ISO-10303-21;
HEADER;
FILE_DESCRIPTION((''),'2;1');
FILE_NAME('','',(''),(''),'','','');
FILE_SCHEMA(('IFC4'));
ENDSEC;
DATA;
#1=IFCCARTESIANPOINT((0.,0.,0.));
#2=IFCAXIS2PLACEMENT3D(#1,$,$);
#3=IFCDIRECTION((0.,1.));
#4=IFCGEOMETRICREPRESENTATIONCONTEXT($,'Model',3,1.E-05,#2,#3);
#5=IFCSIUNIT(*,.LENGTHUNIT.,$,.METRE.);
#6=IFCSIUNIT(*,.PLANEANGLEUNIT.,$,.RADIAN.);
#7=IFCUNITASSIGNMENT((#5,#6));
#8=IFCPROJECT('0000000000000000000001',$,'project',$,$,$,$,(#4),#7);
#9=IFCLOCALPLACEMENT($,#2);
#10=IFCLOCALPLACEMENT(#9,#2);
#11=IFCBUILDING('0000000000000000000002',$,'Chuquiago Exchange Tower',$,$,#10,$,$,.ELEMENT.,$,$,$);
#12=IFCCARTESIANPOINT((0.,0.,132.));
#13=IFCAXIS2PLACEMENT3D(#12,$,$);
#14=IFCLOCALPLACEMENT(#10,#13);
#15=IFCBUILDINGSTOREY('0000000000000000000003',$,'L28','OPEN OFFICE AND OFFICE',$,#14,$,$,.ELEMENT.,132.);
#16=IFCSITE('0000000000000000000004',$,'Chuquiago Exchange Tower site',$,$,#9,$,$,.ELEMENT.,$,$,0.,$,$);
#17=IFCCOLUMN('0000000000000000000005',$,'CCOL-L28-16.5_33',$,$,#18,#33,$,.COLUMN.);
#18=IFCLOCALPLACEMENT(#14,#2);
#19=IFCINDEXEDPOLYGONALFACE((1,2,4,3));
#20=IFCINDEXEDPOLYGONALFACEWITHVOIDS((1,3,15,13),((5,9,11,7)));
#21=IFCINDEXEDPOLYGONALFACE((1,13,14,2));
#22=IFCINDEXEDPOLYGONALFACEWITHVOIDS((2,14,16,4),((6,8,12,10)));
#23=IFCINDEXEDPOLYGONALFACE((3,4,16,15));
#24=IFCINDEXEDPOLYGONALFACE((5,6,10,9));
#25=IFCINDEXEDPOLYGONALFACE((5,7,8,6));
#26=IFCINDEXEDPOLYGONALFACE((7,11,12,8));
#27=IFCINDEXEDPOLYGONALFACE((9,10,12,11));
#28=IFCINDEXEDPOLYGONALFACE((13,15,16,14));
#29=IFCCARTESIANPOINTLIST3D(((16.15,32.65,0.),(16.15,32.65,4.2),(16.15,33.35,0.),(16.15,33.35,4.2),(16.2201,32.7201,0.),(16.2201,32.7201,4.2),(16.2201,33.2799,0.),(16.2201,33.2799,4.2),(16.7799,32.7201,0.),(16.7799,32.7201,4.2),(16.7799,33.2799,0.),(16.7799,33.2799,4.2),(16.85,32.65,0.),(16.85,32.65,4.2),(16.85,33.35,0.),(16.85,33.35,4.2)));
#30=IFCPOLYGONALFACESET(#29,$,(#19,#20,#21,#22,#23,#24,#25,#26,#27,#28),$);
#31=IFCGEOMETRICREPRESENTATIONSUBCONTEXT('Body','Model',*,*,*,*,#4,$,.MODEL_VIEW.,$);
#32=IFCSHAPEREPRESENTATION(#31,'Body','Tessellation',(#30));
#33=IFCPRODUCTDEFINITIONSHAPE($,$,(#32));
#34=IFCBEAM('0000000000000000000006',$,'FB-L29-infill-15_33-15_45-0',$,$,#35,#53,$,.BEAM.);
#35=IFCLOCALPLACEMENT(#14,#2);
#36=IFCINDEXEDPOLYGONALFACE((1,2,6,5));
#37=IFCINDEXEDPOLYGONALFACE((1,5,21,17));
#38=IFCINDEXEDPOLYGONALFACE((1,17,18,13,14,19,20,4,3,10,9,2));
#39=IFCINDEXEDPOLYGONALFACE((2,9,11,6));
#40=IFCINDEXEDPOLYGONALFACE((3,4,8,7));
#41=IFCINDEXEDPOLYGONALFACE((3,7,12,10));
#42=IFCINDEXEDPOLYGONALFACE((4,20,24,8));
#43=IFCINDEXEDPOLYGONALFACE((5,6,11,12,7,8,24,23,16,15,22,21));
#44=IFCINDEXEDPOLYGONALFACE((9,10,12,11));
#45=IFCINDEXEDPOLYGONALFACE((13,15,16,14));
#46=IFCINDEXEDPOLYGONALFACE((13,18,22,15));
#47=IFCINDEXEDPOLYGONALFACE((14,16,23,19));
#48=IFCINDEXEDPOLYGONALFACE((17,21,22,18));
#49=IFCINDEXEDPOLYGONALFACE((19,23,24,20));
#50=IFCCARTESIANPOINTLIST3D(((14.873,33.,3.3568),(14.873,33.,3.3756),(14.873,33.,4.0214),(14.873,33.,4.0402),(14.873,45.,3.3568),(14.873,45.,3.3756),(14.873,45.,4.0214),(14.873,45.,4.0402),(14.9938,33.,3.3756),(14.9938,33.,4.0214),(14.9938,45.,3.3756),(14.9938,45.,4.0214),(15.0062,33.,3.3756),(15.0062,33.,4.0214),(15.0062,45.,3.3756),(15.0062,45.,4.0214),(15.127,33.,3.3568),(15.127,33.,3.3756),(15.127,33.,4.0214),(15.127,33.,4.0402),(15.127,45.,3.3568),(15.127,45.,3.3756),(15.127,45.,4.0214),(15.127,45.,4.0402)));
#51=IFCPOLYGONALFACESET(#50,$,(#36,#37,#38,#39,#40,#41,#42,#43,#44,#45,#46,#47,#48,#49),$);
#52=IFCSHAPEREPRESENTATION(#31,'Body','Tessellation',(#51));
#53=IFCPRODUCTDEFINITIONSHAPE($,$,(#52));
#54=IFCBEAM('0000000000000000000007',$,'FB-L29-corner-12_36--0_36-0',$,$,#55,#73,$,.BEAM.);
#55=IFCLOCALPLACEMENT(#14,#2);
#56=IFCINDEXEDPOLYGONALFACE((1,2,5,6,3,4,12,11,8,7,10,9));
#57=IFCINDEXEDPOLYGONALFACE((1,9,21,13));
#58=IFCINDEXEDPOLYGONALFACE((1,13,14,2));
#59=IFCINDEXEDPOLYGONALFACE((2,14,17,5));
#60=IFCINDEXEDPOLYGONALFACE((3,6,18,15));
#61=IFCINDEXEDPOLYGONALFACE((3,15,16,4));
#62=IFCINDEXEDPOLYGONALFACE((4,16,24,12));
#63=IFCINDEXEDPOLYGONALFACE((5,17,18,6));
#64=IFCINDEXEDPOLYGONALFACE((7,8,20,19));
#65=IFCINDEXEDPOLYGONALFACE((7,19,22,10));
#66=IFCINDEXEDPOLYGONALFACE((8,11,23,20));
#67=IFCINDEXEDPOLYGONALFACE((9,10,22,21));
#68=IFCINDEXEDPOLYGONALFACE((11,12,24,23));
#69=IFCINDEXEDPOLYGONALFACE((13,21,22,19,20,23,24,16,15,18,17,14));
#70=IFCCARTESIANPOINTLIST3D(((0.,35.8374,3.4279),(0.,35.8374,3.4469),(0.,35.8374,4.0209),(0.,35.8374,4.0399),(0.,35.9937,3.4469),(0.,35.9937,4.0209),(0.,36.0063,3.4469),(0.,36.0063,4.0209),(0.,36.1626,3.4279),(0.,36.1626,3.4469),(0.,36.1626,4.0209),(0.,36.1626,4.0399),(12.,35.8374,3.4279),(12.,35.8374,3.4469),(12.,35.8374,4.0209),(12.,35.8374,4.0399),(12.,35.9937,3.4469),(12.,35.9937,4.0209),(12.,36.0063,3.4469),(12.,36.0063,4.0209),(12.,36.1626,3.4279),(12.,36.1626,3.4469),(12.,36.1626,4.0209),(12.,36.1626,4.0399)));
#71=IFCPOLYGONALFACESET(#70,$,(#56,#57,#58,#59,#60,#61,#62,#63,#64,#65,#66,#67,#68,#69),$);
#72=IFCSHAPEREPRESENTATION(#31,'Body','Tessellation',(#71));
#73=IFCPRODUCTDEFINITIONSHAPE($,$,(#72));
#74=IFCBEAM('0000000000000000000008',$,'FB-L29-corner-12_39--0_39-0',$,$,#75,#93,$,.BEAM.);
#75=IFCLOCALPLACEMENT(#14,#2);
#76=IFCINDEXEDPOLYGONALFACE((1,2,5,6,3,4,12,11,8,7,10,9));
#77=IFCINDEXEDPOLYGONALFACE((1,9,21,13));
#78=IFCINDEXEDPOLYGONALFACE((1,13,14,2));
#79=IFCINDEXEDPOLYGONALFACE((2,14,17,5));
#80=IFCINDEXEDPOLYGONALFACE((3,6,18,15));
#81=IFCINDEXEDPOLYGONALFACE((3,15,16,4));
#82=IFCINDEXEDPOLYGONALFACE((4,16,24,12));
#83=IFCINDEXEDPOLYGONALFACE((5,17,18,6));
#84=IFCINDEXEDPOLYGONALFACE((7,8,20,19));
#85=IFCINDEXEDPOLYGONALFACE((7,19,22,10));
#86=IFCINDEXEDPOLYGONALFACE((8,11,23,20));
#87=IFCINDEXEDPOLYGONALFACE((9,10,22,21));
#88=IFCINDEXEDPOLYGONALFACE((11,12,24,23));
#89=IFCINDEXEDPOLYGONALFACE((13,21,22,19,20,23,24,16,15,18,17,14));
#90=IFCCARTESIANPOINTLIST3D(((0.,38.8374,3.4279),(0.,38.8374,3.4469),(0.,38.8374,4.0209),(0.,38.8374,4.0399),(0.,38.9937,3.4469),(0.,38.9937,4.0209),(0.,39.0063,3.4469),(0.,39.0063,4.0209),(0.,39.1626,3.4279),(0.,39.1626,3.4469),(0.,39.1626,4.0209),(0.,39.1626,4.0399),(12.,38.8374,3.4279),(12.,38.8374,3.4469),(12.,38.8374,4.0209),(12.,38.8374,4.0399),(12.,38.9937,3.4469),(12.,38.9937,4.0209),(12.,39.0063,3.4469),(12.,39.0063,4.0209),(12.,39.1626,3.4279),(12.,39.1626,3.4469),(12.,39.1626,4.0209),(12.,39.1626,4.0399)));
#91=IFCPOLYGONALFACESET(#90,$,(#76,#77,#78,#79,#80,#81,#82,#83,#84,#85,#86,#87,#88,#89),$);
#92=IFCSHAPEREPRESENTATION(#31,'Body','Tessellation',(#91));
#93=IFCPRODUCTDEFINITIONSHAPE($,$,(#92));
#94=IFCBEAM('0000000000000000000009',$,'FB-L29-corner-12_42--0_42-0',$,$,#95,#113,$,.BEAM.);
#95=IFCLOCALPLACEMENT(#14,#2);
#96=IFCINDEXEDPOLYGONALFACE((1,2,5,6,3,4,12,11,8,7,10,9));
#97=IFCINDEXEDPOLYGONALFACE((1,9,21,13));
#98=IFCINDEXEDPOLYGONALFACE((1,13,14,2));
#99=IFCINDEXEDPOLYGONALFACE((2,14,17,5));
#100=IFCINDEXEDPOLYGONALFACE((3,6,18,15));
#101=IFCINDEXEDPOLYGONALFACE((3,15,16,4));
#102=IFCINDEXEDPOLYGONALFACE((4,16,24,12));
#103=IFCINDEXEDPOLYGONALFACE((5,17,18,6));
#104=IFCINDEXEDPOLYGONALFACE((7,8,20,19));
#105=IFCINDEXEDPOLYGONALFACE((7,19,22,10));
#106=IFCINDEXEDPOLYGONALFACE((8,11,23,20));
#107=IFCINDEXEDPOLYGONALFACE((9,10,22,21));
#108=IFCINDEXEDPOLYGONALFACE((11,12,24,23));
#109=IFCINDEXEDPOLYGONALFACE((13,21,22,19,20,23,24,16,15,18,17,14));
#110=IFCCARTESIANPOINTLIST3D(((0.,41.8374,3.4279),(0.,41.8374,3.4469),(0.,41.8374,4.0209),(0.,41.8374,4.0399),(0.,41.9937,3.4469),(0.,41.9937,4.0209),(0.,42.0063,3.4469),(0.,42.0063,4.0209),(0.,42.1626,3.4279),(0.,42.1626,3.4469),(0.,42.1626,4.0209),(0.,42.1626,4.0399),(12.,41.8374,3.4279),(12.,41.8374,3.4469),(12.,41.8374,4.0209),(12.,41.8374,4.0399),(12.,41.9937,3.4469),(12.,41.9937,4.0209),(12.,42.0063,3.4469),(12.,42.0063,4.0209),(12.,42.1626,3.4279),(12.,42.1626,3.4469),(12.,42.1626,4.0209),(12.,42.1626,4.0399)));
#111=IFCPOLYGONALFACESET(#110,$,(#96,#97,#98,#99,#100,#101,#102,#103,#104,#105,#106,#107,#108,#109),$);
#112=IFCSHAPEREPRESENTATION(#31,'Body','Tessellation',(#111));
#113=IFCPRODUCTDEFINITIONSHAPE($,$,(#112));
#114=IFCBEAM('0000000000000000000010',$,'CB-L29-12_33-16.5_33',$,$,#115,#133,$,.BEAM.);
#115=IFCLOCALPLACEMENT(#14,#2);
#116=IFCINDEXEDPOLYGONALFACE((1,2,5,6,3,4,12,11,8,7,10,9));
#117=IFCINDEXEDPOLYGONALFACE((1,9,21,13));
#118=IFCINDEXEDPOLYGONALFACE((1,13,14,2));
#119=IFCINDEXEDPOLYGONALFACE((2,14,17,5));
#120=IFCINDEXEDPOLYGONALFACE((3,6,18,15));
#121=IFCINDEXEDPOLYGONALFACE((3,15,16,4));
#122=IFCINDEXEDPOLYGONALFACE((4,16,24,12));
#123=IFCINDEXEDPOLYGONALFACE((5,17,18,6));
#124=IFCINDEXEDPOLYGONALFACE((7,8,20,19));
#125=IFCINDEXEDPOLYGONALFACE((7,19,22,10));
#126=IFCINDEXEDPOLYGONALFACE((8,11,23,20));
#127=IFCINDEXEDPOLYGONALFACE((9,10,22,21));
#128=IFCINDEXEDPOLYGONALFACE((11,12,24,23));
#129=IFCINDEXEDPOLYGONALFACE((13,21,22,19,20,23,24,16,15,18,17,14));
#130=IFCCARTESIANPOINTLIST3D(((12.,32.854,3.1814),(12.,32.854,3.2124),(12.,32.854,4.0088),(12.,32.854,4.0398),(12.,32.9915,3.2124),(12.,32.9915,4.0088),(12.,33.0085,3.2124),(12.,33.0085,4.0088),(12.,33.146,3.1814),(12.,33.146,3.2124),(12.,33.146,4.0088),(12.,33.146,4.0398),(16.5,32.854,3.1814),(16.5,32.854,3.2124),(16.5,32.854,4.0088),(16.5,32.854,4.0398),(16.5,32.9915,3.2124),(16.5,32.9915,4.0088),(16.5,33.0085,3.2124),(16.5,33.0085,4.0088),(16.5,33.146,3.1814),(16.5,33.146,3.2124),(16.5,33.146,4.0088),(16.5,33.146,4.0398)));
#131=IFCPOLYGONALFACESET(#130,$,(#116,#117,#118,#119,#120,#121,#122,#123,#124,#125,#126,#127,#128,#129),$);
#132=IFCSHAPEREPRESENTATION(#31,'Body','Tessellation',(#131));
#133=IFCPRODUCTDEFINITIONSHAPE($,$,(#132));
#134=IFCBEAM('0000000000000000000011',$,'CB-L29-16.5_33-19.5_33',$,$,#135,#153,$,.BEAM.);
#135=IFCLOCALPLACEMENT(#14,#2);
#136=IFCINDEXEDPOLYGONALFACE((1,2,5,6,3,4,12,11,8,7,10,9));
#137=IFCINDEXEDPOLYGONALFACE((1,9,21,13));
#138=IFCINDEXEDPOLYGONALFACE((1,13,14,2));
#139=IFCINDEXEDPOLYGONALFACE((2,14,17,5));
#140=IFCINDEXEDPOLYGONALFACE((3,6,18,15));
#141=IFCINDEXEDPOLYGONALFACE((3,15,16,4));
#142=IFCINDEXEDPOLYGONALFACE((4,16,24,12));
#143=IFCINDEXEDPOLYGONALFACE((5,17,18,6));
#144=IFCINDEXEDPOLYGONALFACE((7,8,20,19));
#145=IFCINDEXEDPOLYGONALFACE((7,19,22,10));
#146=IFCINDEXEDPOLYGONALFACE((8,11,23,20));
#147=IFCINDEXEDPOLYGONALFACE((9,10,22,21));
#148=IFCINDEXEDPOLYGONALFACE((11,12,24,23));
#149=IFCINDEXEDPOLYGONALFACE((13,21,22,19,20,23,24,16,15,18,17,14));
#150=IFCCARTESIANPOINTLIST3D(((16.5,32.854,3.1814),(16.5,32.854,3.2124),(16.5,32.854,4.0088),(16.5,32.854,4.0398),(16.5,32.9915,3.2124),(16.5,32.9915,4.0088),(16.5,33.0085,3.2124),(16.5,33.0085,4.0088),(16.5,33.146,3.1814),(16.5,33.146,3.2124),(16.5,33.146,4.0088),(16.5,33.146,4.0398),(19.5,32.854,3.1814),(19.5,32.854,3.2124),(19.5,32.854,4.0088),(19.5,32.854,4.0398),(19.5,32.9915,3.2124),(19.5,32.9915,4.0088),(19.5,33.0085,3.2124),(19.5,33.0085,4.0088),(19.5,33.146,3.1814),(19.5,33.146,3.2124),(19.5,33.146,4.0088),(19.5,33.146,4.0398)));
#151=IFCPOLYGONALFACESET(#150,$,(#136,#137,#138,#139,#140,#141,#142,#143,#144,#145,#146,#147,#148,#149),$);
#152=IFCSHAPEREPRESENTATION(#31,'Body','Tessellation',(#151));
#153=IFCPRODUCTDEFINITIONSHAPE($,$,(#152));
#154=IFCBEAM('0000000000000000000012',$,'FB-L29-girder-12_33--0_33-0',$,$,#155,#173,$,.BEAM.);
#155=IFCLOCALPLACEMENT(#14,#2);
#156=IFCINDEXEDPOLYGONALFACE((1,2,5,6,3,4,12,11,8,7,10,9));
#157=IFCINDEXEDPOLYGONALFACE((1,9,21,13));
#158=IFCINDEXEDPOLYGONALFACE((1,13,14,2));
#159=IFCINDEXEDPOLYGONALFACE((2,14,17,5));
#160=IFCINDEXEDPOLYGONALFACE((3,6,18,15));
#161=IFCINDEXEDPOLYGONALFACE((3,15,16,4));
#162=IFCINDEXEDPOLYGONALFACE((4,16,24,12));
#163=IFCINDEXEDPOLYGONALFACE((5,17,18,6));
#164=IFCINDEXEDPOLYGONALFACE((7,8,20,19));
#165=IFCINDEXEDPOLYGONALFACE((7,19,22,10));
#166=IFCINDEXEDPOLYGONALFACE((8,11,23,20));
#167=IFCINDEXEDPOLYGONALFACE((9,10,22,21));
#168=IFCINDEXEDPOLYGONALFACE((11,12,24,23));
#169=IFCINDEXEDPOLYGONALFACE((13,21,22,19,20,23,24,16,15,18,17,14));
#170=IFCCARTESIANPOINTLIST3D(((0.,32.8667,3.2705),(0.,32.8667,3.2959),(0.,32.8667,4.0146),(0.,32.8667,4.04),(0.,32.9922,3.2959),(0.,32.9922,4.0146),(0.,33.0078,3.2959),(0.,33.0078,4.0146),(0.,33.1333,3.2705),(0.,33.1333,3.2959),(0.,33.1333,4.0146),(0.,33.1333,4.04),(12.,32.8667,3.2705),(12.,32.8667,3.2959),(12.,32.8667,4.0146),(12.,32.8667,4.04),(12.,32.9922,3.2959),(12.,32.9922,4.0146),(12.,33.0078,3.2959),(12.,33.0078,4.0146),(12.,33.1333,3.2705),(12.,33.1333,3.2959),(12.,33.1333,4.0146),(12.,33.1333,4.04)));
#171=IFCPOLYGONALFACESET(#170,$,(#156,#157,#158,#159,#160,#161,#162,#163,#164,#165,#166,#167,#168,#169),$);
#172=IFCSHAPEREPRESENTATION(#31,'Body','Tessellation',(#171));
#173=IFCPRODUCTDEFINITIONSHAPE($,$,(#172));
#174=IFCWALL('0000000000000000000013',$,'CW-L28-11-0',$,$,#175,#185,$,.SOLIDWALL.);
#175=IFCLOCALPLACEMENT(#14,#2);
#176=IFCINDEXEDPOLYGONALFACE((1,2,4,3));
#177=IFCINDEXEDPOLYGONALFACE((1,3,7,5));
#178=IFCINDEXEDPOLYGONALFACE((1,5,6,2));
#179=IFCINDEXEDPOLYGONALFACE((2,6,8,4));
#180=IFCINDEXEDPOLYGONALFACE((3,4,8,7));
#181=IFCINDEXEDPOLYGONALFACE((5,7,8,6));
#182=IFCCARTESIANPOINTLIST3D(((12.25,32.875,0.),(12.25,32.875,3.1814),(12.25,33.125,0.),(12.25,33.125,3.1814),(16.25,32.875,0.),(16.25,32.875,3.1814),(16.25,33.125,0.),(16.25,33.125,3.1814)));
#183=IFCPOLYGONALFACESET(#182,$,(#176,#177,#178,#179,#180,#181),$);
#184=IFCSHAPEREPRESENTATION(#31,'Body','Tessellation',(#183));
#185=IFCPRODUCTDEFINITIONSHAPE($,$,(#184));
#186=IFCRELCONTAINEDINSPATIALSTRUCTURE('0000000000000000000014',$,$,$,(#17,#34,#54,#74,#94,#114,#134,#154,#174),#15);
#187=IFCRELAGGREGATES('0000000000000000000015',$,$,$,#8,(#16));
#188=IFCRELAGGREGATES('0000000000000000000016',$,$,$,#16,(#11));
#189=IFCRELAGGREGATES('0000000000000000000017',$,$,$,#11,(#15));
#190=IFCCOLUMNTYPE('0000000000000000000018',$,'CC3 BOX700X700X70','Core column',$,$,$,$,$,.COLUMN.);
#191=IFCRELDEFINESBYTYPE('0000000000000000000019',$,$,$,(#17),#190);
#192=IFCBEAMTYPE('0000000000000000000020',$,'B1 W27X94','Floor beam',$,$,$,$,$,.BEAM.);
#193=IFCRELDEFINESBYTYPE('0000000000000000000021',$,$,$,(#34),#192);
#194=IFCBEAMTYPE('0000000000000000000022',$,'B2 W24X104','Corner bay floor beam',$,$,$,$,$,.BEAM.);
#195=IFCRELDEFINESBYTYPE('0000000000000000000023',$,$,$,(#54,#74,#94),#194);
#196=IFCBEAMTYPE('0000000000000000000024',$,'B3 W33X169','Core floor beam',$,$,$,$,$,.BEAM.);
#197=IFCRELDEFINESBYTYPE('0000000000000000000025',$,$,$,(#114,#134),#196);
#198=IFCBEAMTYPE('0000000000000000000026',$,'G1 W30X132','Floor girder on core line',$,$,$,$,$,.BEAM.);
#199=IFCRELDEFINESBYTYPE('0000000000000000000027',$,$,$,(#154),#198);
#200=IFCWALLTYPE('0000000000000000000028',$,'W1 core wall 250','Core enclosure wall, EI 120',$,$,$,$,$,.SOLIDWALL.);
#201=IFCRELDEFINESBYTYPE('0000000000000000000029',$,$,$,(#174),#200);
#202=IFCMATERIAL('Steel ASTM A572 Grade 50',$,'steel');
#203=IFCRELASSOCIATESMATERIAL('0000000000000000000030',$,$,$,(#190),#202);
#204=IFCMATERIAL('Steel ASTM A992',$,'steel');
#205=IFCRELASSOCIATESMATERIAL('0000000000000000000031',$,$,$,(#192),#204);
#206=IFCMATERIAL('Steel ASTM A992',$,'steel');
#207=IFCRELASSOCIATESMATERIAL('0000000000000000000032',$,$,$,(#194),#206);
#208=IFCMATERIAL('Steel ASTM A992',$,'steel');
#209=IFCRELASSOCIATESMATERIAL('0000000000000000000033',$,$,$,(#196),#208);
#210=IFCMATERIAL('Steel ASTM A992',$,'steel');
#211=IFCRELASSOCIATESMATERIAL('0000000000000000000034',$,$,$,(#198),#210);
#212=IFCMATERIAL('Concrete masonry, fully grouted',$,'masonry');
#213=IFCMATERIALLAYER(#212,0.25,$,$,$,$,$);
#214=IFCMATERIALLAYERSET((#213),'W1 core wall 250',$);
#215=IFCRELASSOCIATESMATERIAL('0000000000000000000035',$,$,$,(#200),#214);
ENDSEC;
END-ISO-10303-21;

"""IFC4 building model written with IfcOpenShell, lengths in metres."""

from ifc_helpers import new_model, si_unit, direction, frame, frame_2d, origin, origin_2d, place, context, subcontext, project, spatial, rectangle, hollow_rectangle, i_section, extrude, material, layer, layer_set, material_profile, profile_set, type_object, element, save


model = new_model("IFC4")

# Units and contexts
model_context = context("Model", 3, precision=1e-05, world=origin(), true_north=direction((0.0, 1.0)))
body_context = subcontext(model_context, "Body", "Model", "MODEL_VIEW")
ifc_project = project(units=[si_unit("LENGTHUNIT", "METRE"), si_unit("PLANEANGLEUNIT", "RADIAN")], contexts=[model_context])

# Site, building, storey
site_placement = place(None, origin())
site = spatial("IfcSite", under=ifc_project, at=site_placement, Name="Chuquiago Exchange Tower site", CompositionType="ELEMENT", RefElevation=0.0)
building_placement = place(site_placement, origin())
building = spatial("IfcBuilding", under=site, at=building_placement, Name="Chuquiago Exchange Tower", CompositionType="ELEMENT")
storey_placement = place(building_placement, frame((0.0, 0.0, 132.0)))
storey = spatial("IfcBuildingStorey", under=building, at=storey_placement, Name="L28", Description="OPEN OFFICE AND OFFICE", CompositionType="ELEMENT", Elevation=132.0)

# Column
ifc_material_1 = material(Name="Steel ASTM A572 Grade 50", Category="steel")
ifc_material_profile_1 = material_profile(ifc_material_1, hollow_rectangle(XDim=0.7, YDim=0.7, WallThickness=0.0701, at=origin_2d()), Name="BOX700X700X70")
ifc_profile_set_1 = profile_set([ifc_material_profile_1], Name="Steel ASTM A572 Grade 50")
column_type = type_object("IfcColumnType", Name="CC3 BOX700X700X70", Description="Core column", PredefinedType="COLUMN", material=ifc_profile_set_1)
column_placement = place(storey_placement, frame((16.5, 33.0, 0.0), z_axis=(0.0, 0.0, 1.0), x_axis=(1.0, 0.0, 0.0)))
element("IfcColumn", 1, at=column_placement, inside=storey, type_object=column_type, Name="CCOL-L28-16.5_33", PredefinedType="COLUMN", context=body_context, shape_type="SweptSolid", body=[
    extrude(hollow_rectangle(XDim=0.7, YDim=0.7, WallThickness=0.0701, at=origin_2d()), origin(), (0.0, 0.0, 1.0), 4.2),
])

# Beams
ifc_material_2 = material(Name="Steel ASTM A992", Category="steel")
ifc_material_profile_2 = material_profile(ifc_material_2, i_section(OverallWidth=0.2539, OverallDepth=0.6833, WebThickness=0.0125, FlangeThickness=0.0188, at=origin_2d()), Name="W27X94")
ifc_profile_set_2 = profile_set([ifc_material_profile_2], Name="Steel ASTM A992")
beam_type_1 = type_object("IfcBeamType", Name="B1 W27X94", Description="Floor beam", PredefinedType="BEAM", material=ifc_profile_set_2)
beam_1_placement = place(storey_placement, frame((15.0, 33.0, 3.6985), z_axis=(0.0, 1.0, 0.0), x_axis=(-1.0, 0.0, 0.0)))
element("IfcBeam", 2, at=beam_1_placement, inside=storey, type_object=beam_type_1, Name="FB-L29-infill-15_33-15_45-0", PredefinedType="BEAM", context=body_context, shape_type="SweptSolid", body=[
    extrude(i_section(OverallWidth=0.2539, OverallDepth=0.6833, WebThickness=0.0125, FlangeThickness=0.0188, at=origin_2d()), origin(), (0.0, 0.0, 1.0), 12.0),
])
ifc_material_3 = material(Name="Steel ASTM A992", Category="steel")
ifc_material_profile_3 = material_profile(ifc_material_3, i_section(OverallWidth=0.3252, OverallDepth=0.6121, WebThickness=0.0127, FlangeThickness=0.019, at=origin_2d()), Name="W24X104")
ifc_profile_set_3 = profile_set([ifc_material_profile_3], Name="Steel ASTM A992")
beam_type_2 = type_object("IfcBeamType", Name="B2 W24X104", Description="Corner bay floor beam", PredefinedType="BEAM", material=ifc_profile_set_3)
for number, where, z_axis, x_axis, name in (
    (3, (12.0, 36.0, 3.7339), (-1.0, 0.0, 0.0), (0.0, -1.0, 0.0), "FB-L29-corner-12_36--0_36-0"),
    (4, (12.0, 39.0, 3.7339), (-1.0, 0.0, 0.0), (0.0, -1.0, 0.0), "FB-L29-corner-12_39--0_39-0"),
    (5, (12.0, 42.0, 3.7339), (-1.0, 0.0, 0.0), (0.0, -1.0, 0.0), "FB-L29-corner-12_42--0_42-0"),
):
    element("IfcBeam", number, at=place(storey_placement, frame(where, z_axis=z_axis, x_axis=x_axis)), inside=storey, type_object=beam_type_2, Name=name, PredefinedType="BEAM", context=body_context, shape_type="SweptSolid", body=[
        extrude(i_section(OverallWidth=0.3252, OverallDepth=0.6121, WebThickness=0.0127, FlangeThickness=0.019, at=origin_2d()), origin(), (0.0, 0.0, 1.0), 12.0),
    ])
ifc_material_4 = material(Name="Steel ASTM A992", Category="steel")
ifc_material_profile_4 = material_profile(ifc_material_4, i_section(OverallWidth=0.292, OverallDepth=0.8584, WebThickness=0.0171, FlangeThickness=0.031, at=origin_2d()), Name="W33X169")
ifc_profile_set_4 = profile_set([ifc_material_profile_4], Name="Steel ASTM A992")
beam_type_3 = type_object("IfcBeamType", Name="B3 W33X169", Description="Core floor beam", PredefinedType="BEAM", material=ifc_profile_set_4)
beam_2_placement = place(storey_placement, frame((12.0, 33.0, 3.6106), z_axis=(1.0, 0.0, 0.0), x_axis=(0.0, 1.0, 0.0)))
element("IfcBeam", 6, at=beam_2_placement, inside=storey, type_object=beam_type_3, Name="CB-L29-12_33-16.5_33", PredefinedType="BEAM", context=body_context, shape_type="SweptSolid", body=[
    extrude(i_section(OverallWidth=0.292, OverallDepth=0.8584, WebThickness=0.0171, FlangeThickness=0.031, at=origin_2d()), origin(), (0.0, 0.0, 1.0), 4.5),
])
beam_3_placement = place(storey_placement, frame((16.5, 33.0, 3.6106), z_axis=(1.0, 0.0, 0.0), x_axis=(0.0, 1.0, 0.0)))
element("IfcBeam", 7, at=beam_3_placement, inside=storey, type_object=beam_type_3, Name="CB-L29-16.5_33-19.5_33", PredefinedType="BEAM", context=body_context, shape_type="SweptSolid", body=[
    extrude(i_section(OverallWidth=0.292, OverallDepth=0.8584, WebThickness=0.0171, FlangeThickness=0.031, at=origin_2d()), origin(), (0.0, 0.0, 1.0), 3.0),
])
ifc_material_5 = material(Name="Steel ASTM A992", Category="steel")
ifc_material_profile_5 = material_profile(ifc_material_5, i_section(OverallWidth=0.2666, OverallDepth=0.7695, WebThickness=0.0156, FlangeThickness=0.0254, at=origin_2d()), Name="W30X132")
ifc_profile_set_5 = profile_set([ifc_material_profile_5], Name="Steel ASTM A992")
beam_type_4 = type_object("IfcBeamType", Name="G1 W30X132", Description="Floor girder on core line", PredefinedType="BEAM", material=ifc_profile_set_5)
beam_4_placement = place(storey_placement, frame((12.0, 33.0, 3.6553), z_axis=(-1.0, 0.0, 0.0), x_axis=(0.0, -1.0, 0.0)))
element("IfcBeam", 8, at=beam_4_placement, inside=storey, type_object=beam_type_4, Name="FB-L29-girder-12_33--0_33-0", PredefinedType="BEAM", context=body_context, shape_type="SweptSolid", body=[
    extrude(i_section(OverallWidth=0.2666, OverallDepth=0.7695, WebThickness=0.0156, FlangeThickness=0.0254, at=origin_2d()), origin(), (0.0, 0.0, 1.0), 12.0),
])

# Wall
ifc_material_6 = material(Name="Concrete masonry, fully grouted", Category="masonry")
ifc_layer_1 = layer(ifc_material_6, 0.25)
ifc_layer_set_1 = layer_set([ifc_layer_1], Name="W1 core wall 250")
wall_type_1 = type_object("IfcWallType", Name="W1 core wall 250", Description="Core enclosure wall, EI 120", PredefinedType="SOLIDWALL", material=ifc_layer_set_1)
wall_1_placement = place(storey_placement, frame((12.25, 33.0, 0.0), z_axis=(0.0, 0.0, 1.0), x_axis=(1.0, 0.0, 0.0)))
element("IfcWall", 9, at=wall_1_placement, inside=storey, type_object=wall_type_1, Name="CW-L28-11-0", PredefinedType="SOLIDWALL", context=body_context, shape_type="SweptSolid", body=[
    extrude(rectangle(XDim=4.0, YDim=0.25, at=frame_2d((2.0, 0.0))), origin(), (0.0, 0.0, 1.0), 3.1814),
])

save(model, "model.ifc")
